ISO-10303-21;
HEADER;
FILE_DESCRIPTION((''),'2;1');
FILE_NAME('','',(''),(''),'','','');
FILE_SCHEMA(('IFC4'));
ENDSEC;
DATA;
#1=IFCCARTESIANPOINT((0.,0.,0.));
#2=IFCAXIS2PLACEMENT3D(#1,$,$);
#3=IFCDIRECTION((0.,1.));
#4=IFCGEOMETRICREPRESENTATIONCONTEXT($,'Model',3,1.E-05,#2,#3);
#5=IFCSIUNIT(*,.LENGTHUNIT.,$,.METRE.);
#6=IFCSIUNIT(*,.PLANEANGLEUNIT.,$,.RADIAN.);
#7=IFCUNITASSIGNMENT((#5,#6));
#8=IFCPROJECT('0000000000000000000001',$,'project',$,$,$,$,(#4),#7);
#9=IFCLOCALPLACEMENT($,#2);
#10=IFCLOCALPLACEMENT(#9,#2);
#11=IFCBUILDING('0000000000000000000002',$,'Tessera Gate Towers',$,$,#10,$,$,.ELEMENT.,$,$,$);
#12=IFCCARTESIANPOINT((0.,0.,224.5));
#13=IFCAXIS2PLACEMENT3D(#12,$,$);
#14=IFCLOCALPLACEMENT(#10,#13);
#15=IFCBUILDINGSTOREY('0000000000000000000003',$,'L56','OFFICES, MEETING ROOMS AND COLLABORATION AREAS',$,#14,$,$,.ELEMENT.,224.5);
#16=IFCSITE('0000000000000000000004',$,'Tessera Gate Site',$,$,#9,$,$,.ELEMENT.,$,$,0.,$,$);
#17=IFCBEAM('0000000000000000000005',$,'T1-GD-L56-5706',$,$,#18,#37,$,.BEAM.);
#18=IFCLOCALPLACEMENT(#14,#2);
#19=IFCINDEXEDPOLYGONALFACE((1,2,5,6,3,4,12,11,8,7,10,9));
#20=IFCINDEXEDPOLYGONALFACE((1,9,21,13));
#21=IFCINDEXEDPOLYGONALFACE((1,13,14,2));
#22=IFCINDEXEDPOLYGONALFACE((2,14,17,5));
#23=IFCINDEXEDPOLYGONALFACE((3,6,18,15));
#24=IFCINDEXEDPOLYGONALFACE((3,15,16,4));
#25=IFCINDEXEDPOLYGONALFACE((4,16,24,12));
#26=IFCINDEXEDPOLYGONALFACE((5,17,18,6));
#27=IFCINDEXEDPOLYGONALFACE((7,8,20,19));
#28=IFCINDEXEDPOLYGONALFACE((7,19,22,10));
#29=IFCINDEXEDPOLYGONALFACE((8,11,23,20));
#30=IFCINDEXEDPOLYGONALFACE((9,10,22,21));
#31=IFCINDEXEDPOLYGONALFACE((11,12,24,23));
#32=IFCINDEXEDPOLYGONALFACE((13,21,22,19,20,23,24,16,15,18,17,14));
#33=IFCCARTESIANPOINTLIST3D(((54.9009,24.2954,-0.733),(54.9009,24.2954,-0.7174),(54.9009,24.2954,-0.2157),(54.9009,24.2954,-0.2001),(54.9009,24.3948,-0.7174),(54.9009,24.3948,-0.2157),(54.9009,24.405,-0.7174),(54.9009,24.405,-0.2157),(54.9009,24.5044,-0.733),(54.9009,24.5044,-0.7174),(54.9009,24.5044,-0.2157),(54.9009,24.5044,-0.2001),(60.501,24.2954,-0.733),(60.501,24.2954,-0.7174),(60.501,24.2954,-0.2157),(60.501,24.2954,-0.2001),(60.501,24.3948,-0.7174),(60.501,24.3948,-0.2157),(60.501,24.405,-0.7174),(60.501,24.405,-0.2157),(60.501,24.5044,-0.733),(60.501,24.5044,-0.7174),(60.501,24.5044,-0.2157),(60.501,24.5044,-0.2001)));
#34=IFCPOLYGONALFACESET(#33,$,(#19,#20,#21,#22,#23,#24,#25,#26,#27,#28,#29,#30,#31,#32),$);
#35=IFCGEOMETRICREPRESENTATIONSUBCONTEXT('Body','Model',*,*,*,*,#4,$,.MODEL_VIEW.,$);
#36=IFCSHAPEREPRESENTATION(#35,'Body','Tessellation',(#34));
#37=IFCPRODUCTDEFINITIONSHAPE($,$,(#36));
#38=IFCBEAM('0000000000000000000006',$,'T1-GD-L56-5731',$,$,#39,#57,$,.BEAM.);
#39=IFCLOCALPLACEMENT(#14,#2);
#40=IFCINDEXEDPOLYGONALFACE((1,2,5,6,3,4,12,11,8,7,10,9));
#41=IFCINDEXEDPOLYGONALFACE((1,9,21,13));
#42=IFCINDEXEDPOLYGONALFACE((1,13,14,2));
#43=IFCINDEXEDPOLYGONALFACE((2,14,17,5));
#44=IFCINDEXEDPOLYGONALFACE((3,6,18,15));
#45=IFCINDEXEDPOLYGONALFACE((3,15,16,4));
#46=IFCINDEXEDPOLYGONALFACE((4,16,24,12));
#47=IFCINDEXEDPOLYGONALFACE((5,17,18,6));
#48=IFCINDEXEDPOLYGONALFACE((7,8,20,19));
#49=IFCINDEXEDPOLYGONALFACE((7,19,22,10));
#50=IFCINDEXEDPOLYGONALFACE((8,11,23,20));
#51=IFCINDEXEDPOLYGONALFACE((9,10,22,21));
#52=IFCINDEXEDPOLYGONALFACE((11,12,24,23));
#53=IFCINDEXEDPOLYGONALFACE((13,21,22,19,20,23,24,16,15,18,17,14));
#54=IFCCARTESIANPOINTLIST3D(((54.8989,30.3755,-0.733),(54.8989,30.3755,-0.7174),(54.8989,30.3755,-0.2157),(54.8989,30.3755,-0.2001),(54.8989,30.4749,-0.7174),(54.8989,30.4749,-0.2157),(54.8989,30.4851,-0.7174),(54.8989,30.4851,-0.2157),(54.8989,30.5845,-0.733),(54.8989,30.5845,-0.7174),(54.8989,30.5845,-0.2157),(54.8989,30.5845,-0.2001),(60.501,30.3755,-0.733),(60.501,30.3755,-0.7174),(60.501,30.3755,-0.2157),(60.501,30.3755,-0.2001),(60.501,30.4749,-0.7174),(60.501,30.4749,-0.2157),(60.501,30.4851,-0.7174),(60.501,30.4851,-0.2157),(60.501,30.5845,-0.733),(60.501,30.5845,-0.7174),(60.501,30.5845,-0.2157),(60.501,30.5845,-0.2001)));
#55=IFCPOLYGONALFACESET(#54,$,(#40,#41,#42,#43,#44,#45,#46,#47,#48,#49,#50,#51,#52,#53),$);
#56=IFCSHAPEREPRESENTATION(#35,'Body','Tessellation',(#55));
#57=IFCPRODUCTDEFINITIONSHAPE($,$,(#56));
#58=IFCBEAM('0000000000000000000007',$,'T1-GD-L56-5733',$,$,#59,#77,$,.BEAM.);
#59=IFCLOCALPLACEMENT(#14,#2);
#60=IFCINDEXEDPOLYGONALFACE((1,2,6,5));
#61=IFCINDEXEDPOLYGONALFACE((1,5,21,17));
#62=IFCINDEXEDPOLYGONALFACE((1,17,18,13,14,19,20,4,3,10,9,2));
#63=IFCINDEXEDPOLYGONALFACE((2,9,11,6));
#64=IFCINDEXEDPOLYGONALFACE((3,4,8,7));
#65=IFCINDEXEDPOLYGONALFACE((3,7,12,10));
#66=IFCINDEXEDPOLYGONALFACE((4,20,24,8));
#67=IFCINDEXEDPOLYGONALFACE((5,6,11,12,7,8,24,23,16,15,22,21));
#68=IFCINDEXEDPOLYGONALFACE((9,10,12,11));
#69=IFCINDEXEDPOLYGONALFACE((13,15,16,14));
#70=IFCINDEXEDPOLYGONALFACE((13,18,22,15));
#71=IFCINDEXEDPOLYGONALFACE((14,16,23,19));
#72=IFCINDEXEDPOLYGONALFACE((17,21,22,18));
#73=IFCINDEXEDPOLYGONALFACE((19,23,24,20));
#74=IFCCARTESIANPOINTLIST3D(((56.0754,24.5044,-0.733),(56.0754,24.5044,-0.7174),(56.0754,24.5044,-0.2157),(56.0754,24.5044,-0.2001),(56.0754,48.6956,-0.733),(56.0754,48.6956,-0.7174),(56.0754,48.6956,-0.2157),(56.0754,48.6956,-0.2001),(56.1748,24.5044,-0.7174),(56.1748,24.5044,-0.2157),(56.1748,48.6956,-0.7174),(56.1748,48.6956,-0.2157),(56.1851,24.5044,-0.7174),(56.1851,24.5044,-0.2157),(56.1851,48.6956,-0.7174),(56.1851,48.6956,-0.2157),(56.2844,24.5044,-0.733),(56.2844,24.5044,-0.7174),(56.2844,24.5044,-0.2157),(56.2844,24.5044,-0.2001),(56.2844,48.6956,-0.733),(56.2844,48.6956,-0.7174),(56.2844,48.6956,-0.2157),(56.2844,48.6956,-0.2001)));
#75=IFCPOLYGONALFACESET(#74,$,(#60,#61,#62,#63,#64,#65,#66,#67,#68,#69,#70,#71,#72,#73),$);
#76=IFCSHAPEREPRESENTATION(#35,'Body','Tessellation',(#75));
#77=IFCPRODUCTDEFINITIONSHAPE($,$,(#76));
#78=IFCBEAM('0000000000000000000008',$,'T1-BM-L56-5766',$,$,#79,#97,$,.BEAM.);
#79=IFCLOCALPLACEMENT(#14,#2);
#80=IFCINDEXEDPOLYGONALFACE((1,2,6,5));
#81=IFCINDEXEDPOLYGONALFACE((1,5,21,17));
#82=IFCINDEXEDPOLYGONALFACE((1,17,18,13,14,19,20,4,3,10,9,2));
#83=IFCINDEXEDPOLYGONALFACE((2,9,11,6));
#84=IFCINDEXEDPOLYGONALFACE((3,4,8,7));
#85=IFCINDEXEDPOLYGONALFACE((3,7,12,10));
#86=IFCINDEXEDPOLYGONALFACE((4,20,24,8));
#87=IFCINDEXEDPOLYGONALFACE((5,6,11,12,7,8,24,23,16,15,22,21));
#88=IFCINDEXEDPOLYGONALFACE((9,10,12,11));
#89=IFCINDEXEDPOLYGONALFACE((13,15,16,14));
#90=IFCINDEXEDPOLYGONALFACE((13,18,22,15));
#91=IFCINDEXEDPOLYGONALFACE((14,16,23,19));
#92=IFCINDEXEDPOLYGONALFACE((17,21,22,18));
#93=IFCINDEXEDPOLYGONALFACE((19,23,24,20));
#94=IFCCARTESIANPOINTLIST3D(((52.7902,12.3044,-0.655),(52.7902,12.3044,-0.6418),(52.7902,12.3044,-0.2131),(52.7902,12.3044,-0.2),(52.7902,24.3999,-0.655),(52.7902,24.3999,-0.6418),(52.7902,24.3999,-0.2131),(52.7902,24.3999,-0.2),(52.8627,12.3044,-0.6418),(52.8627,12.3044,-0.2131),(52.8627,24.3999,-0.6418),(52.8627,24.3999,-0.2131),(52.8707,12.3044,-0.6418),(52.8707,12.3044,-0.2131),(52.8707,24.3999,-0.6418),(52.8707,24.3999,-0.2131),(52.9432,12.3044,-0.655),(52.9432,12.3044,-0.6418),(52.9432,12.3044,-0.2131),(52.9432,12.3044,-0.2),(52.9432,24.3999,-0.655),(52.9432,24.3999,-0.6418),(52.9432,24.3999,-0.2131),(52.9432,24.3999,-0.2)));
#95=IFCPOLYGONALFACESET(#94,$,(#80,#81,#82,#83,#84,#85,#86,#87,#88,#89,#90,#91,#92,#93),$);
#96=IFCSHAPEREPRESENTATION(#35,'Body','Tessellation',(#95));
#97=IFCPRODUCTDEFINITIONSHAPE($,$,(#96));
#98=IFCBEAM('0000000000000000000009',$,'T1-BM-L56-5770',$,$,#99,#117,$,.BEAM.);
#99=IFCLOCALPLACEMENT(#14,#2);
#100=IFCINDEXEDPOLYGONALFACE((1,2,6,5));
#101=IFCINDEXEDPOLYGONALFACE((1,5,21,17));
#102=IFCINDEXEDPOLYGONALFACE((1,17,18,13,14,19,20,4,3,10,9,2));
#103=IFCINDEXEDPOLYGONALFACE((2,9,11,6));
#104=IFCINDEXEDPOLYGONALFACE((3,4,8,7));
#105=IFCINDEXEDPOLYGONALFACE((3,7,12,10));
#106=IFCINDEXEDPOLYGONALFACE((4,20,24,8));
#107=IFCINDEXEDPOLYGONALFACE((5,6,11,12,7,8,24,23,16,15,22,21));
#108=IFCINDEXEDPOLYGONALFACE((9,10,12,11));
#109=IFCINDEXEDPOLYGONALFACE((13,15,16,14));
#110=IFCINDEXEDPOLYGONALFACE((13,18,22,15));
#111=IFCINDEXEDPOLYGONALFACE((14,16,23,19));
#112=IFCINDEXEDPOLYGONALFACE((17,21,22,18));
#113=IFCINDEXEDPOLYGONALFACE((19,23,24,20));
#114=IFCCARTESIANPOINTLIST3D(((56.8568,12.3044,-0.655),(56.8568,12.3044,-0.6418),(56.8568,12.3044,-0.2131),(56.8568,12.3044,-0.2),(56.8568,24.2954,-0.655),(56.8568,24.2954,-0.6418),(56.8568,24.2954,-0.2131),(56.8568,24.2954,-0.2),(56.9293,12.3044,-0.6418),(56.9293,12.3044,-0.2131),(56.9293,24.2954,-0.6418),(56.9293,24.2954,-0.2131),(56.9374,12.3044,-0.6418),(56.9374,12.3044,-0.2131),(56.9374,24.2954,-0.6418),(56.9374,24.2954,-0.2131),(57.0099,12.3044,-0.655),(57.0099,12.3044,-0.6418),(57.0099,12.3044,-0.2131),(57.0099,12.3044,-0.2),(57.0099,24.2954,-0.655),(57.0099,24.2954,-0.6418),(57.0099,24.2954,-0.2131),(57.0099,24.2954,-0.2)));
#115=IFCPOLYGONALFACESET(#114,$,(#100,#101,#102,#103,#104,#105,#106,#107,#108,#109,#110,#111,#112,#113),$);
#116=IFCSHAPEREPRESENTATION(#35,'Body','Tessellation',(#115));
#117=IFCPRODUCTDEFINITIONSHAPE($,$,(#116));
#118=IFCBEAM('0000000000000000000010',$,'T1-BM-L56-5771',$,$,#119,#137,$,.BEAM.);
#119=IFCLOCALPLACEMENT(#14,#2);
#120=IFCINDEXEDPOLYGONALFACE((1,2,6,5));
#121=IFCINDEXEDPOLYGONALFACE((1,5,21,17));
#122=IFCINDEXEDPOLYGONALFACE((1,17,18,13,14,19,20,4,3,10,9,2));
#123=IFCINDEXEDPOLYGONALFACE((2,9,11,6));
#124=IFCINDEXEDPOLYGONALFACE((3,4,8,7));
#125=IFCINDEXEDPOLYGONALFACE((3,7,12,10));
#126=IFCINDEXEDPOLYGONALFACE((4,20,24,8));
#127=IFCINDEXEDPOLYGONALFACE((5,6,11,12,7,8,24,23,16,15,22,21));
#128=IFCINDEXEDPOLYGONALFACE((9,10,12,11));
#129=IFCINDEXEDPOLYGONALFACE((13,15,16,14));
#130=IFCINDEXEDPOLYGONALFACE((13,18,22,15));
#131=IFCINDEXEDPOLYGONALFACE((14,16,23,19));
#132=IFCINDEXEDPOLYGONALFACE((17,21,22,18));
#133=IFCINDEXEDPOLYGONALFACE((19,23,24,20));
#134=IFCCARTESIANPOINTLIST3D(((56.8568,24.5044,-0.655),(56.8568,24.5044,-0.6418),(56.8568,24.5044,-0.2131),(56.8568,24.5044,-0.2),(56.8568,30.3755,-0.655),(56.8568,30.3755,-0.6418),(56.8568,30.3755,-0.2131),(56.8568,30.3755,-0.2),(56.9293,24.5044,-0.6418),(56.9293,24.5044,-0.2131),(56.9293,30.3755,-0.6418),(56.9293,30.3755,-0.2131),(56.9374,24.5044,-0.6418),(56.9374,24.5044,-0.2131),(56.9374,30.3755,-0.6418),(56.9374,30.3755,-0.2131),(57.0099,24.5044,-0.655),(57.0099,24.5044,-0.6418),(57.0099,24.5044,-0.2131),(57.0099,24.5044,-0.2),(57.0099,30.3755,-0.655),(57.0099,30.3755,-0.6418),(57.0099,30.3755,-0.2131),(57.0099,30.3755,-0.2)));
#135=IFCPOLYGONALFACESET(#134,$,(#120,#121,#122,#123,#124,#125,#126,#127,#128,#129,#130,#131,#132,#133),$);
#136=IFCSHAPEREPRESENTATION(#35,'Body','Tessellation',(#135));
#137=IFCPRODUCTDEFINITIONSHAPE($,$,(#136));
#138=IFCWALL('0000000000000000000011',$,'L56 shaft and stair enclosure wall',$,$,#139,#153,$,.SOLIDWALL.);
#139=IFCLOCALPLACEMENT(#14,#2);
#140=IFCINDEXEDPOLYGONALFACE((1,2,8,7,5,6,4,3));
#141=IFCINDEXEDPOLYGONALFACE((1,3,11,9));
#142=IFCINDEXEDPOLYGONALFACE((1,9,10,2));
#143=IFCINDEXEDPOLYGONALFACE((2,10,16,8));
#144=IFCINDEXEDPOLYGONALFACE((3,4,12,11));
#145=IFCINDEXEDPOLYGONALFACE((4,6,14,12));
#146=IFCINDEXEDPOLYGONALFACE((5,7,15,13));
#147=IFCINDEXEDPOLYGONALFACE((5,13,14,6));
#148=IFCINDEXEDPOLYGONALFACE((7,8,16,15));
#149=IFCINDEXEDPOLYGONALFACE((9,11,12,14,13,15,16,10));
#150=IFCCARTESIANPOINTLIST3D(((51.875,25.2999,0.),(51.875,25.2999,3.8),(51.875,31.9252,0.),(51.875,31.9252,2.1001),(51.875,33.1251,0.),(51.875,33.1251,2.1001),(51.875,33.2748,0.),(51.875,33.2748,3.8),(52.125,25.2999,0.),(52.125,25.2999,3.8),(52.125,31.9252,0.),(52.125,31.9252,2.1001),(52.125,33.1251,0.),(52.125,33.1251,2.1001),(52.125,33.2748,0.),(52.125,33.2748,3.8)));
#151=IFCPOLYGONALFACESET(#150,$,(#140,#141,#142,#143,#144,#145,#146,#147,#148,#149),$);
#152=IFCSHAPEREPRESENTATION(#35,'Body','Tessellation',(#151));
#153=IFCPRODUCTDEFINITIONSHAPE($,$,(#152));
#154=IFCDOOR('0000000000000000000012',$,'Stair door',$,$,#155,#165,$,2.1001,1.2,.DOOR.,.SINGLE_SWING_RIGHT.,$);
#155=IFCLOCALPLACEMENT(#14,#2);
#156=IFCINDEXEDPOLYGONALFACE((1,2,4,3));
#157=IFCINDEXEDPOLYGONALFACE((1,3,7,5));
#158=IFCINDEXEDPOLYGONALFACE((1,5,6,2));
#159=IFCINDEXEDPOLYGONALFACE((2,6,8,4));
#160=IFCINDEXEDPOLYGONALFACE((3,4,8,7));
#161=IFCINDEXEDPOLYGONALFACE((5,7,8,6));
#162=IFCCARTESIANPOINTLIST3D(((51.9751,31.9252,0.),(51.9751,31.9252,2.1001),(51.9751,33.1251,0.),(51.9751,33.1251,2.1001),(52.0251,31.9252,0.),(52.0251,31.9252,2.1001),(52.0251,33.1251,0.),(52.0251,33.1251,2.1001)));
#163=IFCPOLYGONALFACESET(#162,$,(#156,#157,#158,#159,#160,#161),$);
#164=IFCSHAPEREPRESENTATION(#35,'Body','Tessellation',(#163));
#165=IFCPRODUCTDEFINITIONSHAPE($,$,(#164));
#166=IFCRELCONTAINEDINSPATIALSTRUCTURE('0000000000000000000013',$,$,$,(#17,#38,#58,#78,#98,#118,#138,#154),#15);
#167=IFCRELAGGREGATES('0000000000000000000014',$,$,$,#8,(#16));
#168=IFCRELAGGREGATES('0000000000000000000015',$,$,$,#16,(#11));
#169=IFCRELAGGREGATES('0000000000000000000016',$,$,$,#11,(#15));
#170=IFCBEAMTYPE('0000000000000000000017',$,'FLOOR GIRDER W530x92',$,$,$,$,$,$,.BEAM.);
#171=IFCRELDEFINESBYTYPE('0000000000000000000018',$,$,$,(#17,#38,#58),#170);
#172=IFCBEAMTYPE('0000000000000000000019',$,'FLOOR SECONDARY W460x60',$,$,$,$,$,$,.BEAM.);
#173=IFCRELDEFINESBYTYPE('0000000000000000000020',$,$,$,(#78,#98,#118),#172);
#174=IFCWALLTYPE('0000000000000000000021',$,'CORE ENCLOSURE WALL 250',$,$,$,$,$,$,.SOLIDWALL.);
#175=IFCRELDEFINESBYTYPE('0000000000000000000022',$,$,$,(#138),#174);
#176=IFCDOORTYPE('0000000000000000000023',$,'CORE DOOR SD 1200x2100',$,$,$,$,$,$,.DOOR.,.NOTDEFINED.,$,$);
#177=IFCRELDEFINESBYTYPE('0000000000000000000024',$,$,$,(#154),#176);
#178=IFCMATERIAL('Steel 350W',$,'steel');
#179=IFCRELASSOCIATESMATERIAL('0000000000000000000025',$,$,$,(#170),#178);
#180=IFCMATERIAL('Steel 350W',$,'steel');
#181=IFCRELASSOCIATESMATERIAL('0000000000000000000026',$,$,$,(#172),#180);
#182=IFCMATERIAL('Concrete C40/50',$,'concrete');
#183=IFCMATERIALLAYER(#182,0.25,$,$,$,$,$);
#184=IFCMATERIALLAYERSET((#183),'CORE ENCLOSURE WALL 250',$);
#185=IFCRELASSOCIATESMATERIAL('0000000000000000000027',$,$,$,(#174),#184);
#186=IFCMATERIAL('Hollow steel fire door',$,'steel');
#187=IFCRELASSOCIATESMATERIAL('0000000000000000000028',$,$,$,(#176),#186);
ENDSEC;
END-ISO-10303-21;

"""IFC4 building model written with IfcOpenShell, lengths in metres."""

from ifc_helpers import new_model, si_unit, direction, frame, frame_2d, origin, origin_2d, place, context, subcontext, project, spatial, rectangle, i_section, extrude, source, transform, mapped, material, layer, layer_set, material_profile, profile_set, type_object, element, fill, save


model = new_model("IFC4")

# Units and contexts
model_context = context("Model", 3, precision=1e-05, world=origin(), true_north=direction((0.0, 1.0)))
body_context = subcontext(model_context, "Body", "Model", "MODEL_VIEW")
ifc_project = project(units=[si_unit("LENGTHUNIT", "METRE"), si_unit("PLANEANGLEUNIT", "RADIAN")], contexts=[model_context])

# Site, building, storey
site_placement = place(None, origin())
site = spatial("IfcSite", under=ifc_project, at=site_placement, Name="Tessera Gate Site", CompositionType="ELEMENT", RefElevation=0.0)
building_placement = place(site_placement, origin())
building = spatial("IfcBuilding", under=site, at=building_placement, Name="Tessera Gate Towers", CompositionType="ELEMENT")
storey_placement = place(building_placement, frame((0.0, 0.0, 224.5)))
storey = spatial("IfcBuildingStorey", under=building, at=storey_placement, Name="L56", Description="OFFICES, MEETING ROOMS AND COLLABORATION AREAS", CompositionType="ELEMENT", Elevation=224.5)

# Beams
ifc_material_1 = material(Name="Steel 350W", Category="steel")
ifc_material_profile_1 = material_profile(ifc_material_1, i_section(OverallWidth=0.209, OverallDepth=0.533, WebThickness=0.0103, FlangeThickness=0.0156, at=origin_2d()), Name="W530x92")
ifc_profile_set_1 = profile_set([ifc_material_profile_1], Name="Steel 350W")
beam_type_1 = type_object("IfcBeamType", Name="FLOOR GIRDER W530x92", PredefinedType="BEAM", material=ifc_profile_set_1)
beam_1_placement = place(storey_placement, frame((54.9009, 24.3999, -0.4666), z_axis=(1.0, 0.0, 0.0), x_axis=(0.0, 1.0, 0.0)))
element("IfcBeam", 1, at=beam_1_placement, inside=storey, type_object=beam_type_1, Name="T1-GD-L56-5706", PredefinedType="BEAM", context=body_context, shape_type="SweptSolid", body=[
    extrude(i_section(OverallWidth=0.209, OverallDepth=0.533, WebThickness=0.0103, FlangeThickness=0.0156, at=origin_2d()), origin(), (0.0, 0.0, 1.0), 5.6001),
])
beam_2_placement = place(storey_placement, frame((54.8989, 30.48, -0.4666), z_axis=(1.0, 0.0, 0.0), x_axis=(0.0, 1.0, 0.0)))
element("IfcBeam", 2, at=beam_2_placement, inside=storey, type_object=beam_type_1, Name="T1-GD-L56-5731", PredefinedType="BEAM", context=body_context, shape_type="SweptSolid", body=[
    extrude(i_section(OverallWidth=0.209, OverallDepth=0.533, WebThickness=0.0103, FlangeThickness=0.0156, at=origin_2d()), origin(), (0.0, 0.0, 1.0), 5.6021),
])
beam_3_placement = place(storey_placement, frame((56.1799, 24.5044, -0.4666), z_axis=(0.0, 1.0, 0.0), x_axis=(-1.0, 0.0, 0.0)))
element("IfcBeam", 3, at=beam_3_placement, inside=storey, type_object=beam_type_1, Name="T1-GD-L56-5733", PredefinedType="BEAM", context=body_context, shape_type="SweptSolid", body=[
    extrude(i_section(OverallWidth=0.209, OverallDepth=0.533, WebThickness=0.0103, FlangeThickness=0.0156, at=origin_2d()), origin(), (0.0, 0.0, 1.0), 24.1912),
])
ifc_material_2 = material(Name="Steel 350W", Category="steel")
ifc_material_profile_2 = material_profile(ifc_material_2, i_section(OverallWidth=0.1531, OverallDepth=0.4551, WebThickness=0.0081, FlangeThickness=0.0132, at=origin_2d()), Name="W460x60")
ifc_profile_set_2 = profile_set([ifc_material_profile_2], Name="Steel 350W")
beam_type_2 = type_object("IfcBeamType", Name="FLOOR SECONDARY W460x60", PredefinedType="BEAM", material=ifc_profile_set_2)
beam_4_placement = place(storey_placement, frame((52.8667, 12.3044, -0.4275), z_axis=(0.0, 1.0, 0.0), x_axis=(-1.0, 0.0, 0.0)))
element("IfcBeam", 4, at=beam_4_placement, inside=storey, type_object=beam_type_2, Name="T1-BM-L56-5766", PredefinedType="BEAM", context=body_context, shape_type="SweptSolid", body=[
    extrude(i_section(OverallWidth=0.1531, OverallDepth=0.4551, WebThickness=0.0081, FlangeThickness=0.0132, at=origin_2d()), origin(), (0.0, 0.0, 1.0), 12.0955),
])
beam_5_placement = place(storey_placement, frame((56.9333, 12.3044, -0.4275), z_axis=(0.0, 1.0, 0.0), x_axis=(-1.0, 0.0, 0.0)))
element("IfcBeam", 5, at=beam_5_placement, inside=storey, type_object=beam_type_2, Name="T1-BM-L56-5770", PredefinedType="BEAM", context=body_context, shape_type="SweptSolid", body=[
    extrude(i_section(OverallWidth=0.1531, OverallDepth=0.4551, WebThickness=0.0081, FlangeThickness=0.0132, at=origin_2d()), origin(), (0.0, 0.0, 1.0), 11.991),
])
beam_6_placement = place(storey_placement, frame((56.9333, 24.5044, -0.4275), z_axis=(0.0, 1.0, 0.0), x_axis=(-1.0, 0.0, 0.0)))
element("IfcBeam", 6, at=beam_6_placement, inside=storey, type_object=beam_type_2, Name="T1-BM-L56-5771", PredefinedType="BEAM", context=body_context, shape_type="SweptSolid", body=[
    extrude(i_section(OverallWidth=0.1531, OverallDepth=0.4551, WebThickness=0.0081, FlangeThickness=0.0132, at=origin_2d()), origin(), (0.0, 0.0, 1.0), 5.8711),
])

# Wall, opening, door
ifc_material_3 = material(Name="Concrete C40/50", Category="concrete")
ifc_layer_1 = layer(ifc_material_3, 0.25)
ifc_layer_set_1 = layer_set([ifc_layer_1], Name="CORE ENCLOSURE WALL 250")
wall_type_1 = type_object("IfcWallType", Name="CORE ENCLOSURE WALL 250", PredefinedType="SOLIDWALL", material=ifc_layer_set_1)
wall_1_placement = place(storey_placement, frame((52.0, 25.3, 0.0), z_axis=(0.0, 0.0, 1.0), x_axis=(0.0, 1.0, 0.0)))
wall_1 = element("IfcWall", 7, at=wall_1_placement, inside=storey, type_object=wall_type_1, Name="L56 shaft and stair enclosure wall", PredefinedType="SOLIDWALL", context=body_context, shape_type="SweptSolid", body=[
    extrude(rectangle(XDim=7.9749, YDim=0.25, at=frame_2d((3.9873, 0.0))), origin(), (0.0, 0.0, 1.0), 3.8),
])
shared_shape_1 = source(origin(), body_context, "Body", "SweptSolid", [
    extrude(rectangle(XDim=1.2, YDim=2.1001, at=frame_2d((0.6001, 1.05))), frame((0.0, 0.135, 0.0), z_axis=(0.0, -1.0, 0.0), x_axis=(1.0, 0.0, 0.0)), (0.0, 0.0, 1.0), 0.27),
])
opening_1_placement = place(wall_1_placement, frame((6.625, 0.0, 0.0)))
opening_1 = element("IfcOpeningElement", 8, at=opening_1_placement, cuts=wall_1, PredefinedType="OPENING", context=body_context, shape_type="MappedRepresentation", body=[
    mapped(shared_shape_1, transform((0.0, 0.0, 0.0), scale=1.0)),
])
ifc_material_4 = material(Name="Hollow steel fire door", Category="steel")
door_type_1 = type_object("IfcDoorType", Name="CORE DOOR SD 1200x2100", OperationType="NOTDEFINED", PredefinedType="DOOR", material=ifc_material_4)
shared_shape_2 = source(origin(), body_context, "Body", "SweptSolid", [
    extrude(rectangle(XDim=1.2, YDim=2.1001, at=frame_2d((0.6001, 1.05))), frame((0.0, 0.0249, 0.0), z_axis=(0.0, -1.0, 0.0), x_axis=(1.0, 0.0, 0.0)), (0.0, 0.0, 1.0), 0.05),
])
door_1_placement = place(opening_1_placement, origin())
door_1 = element("IfcDoor", 9, at=door_1_placement, inside=storey, type_object=door_type_1, Name="Stair door", OperationType="SINGLE_SWING_RIGHT", OverallHeight=2.1001, OverallWidth=1.2, PredefinedType="DOOR", context=body_context, shape_type="MappedRepresentation", body=[
    mapped(shared_shape_2, transform((0.0, 0.0, 0.0), scale=1.0)),
])
fill(opening_1, door_1)

save(model, "model.ifc")
